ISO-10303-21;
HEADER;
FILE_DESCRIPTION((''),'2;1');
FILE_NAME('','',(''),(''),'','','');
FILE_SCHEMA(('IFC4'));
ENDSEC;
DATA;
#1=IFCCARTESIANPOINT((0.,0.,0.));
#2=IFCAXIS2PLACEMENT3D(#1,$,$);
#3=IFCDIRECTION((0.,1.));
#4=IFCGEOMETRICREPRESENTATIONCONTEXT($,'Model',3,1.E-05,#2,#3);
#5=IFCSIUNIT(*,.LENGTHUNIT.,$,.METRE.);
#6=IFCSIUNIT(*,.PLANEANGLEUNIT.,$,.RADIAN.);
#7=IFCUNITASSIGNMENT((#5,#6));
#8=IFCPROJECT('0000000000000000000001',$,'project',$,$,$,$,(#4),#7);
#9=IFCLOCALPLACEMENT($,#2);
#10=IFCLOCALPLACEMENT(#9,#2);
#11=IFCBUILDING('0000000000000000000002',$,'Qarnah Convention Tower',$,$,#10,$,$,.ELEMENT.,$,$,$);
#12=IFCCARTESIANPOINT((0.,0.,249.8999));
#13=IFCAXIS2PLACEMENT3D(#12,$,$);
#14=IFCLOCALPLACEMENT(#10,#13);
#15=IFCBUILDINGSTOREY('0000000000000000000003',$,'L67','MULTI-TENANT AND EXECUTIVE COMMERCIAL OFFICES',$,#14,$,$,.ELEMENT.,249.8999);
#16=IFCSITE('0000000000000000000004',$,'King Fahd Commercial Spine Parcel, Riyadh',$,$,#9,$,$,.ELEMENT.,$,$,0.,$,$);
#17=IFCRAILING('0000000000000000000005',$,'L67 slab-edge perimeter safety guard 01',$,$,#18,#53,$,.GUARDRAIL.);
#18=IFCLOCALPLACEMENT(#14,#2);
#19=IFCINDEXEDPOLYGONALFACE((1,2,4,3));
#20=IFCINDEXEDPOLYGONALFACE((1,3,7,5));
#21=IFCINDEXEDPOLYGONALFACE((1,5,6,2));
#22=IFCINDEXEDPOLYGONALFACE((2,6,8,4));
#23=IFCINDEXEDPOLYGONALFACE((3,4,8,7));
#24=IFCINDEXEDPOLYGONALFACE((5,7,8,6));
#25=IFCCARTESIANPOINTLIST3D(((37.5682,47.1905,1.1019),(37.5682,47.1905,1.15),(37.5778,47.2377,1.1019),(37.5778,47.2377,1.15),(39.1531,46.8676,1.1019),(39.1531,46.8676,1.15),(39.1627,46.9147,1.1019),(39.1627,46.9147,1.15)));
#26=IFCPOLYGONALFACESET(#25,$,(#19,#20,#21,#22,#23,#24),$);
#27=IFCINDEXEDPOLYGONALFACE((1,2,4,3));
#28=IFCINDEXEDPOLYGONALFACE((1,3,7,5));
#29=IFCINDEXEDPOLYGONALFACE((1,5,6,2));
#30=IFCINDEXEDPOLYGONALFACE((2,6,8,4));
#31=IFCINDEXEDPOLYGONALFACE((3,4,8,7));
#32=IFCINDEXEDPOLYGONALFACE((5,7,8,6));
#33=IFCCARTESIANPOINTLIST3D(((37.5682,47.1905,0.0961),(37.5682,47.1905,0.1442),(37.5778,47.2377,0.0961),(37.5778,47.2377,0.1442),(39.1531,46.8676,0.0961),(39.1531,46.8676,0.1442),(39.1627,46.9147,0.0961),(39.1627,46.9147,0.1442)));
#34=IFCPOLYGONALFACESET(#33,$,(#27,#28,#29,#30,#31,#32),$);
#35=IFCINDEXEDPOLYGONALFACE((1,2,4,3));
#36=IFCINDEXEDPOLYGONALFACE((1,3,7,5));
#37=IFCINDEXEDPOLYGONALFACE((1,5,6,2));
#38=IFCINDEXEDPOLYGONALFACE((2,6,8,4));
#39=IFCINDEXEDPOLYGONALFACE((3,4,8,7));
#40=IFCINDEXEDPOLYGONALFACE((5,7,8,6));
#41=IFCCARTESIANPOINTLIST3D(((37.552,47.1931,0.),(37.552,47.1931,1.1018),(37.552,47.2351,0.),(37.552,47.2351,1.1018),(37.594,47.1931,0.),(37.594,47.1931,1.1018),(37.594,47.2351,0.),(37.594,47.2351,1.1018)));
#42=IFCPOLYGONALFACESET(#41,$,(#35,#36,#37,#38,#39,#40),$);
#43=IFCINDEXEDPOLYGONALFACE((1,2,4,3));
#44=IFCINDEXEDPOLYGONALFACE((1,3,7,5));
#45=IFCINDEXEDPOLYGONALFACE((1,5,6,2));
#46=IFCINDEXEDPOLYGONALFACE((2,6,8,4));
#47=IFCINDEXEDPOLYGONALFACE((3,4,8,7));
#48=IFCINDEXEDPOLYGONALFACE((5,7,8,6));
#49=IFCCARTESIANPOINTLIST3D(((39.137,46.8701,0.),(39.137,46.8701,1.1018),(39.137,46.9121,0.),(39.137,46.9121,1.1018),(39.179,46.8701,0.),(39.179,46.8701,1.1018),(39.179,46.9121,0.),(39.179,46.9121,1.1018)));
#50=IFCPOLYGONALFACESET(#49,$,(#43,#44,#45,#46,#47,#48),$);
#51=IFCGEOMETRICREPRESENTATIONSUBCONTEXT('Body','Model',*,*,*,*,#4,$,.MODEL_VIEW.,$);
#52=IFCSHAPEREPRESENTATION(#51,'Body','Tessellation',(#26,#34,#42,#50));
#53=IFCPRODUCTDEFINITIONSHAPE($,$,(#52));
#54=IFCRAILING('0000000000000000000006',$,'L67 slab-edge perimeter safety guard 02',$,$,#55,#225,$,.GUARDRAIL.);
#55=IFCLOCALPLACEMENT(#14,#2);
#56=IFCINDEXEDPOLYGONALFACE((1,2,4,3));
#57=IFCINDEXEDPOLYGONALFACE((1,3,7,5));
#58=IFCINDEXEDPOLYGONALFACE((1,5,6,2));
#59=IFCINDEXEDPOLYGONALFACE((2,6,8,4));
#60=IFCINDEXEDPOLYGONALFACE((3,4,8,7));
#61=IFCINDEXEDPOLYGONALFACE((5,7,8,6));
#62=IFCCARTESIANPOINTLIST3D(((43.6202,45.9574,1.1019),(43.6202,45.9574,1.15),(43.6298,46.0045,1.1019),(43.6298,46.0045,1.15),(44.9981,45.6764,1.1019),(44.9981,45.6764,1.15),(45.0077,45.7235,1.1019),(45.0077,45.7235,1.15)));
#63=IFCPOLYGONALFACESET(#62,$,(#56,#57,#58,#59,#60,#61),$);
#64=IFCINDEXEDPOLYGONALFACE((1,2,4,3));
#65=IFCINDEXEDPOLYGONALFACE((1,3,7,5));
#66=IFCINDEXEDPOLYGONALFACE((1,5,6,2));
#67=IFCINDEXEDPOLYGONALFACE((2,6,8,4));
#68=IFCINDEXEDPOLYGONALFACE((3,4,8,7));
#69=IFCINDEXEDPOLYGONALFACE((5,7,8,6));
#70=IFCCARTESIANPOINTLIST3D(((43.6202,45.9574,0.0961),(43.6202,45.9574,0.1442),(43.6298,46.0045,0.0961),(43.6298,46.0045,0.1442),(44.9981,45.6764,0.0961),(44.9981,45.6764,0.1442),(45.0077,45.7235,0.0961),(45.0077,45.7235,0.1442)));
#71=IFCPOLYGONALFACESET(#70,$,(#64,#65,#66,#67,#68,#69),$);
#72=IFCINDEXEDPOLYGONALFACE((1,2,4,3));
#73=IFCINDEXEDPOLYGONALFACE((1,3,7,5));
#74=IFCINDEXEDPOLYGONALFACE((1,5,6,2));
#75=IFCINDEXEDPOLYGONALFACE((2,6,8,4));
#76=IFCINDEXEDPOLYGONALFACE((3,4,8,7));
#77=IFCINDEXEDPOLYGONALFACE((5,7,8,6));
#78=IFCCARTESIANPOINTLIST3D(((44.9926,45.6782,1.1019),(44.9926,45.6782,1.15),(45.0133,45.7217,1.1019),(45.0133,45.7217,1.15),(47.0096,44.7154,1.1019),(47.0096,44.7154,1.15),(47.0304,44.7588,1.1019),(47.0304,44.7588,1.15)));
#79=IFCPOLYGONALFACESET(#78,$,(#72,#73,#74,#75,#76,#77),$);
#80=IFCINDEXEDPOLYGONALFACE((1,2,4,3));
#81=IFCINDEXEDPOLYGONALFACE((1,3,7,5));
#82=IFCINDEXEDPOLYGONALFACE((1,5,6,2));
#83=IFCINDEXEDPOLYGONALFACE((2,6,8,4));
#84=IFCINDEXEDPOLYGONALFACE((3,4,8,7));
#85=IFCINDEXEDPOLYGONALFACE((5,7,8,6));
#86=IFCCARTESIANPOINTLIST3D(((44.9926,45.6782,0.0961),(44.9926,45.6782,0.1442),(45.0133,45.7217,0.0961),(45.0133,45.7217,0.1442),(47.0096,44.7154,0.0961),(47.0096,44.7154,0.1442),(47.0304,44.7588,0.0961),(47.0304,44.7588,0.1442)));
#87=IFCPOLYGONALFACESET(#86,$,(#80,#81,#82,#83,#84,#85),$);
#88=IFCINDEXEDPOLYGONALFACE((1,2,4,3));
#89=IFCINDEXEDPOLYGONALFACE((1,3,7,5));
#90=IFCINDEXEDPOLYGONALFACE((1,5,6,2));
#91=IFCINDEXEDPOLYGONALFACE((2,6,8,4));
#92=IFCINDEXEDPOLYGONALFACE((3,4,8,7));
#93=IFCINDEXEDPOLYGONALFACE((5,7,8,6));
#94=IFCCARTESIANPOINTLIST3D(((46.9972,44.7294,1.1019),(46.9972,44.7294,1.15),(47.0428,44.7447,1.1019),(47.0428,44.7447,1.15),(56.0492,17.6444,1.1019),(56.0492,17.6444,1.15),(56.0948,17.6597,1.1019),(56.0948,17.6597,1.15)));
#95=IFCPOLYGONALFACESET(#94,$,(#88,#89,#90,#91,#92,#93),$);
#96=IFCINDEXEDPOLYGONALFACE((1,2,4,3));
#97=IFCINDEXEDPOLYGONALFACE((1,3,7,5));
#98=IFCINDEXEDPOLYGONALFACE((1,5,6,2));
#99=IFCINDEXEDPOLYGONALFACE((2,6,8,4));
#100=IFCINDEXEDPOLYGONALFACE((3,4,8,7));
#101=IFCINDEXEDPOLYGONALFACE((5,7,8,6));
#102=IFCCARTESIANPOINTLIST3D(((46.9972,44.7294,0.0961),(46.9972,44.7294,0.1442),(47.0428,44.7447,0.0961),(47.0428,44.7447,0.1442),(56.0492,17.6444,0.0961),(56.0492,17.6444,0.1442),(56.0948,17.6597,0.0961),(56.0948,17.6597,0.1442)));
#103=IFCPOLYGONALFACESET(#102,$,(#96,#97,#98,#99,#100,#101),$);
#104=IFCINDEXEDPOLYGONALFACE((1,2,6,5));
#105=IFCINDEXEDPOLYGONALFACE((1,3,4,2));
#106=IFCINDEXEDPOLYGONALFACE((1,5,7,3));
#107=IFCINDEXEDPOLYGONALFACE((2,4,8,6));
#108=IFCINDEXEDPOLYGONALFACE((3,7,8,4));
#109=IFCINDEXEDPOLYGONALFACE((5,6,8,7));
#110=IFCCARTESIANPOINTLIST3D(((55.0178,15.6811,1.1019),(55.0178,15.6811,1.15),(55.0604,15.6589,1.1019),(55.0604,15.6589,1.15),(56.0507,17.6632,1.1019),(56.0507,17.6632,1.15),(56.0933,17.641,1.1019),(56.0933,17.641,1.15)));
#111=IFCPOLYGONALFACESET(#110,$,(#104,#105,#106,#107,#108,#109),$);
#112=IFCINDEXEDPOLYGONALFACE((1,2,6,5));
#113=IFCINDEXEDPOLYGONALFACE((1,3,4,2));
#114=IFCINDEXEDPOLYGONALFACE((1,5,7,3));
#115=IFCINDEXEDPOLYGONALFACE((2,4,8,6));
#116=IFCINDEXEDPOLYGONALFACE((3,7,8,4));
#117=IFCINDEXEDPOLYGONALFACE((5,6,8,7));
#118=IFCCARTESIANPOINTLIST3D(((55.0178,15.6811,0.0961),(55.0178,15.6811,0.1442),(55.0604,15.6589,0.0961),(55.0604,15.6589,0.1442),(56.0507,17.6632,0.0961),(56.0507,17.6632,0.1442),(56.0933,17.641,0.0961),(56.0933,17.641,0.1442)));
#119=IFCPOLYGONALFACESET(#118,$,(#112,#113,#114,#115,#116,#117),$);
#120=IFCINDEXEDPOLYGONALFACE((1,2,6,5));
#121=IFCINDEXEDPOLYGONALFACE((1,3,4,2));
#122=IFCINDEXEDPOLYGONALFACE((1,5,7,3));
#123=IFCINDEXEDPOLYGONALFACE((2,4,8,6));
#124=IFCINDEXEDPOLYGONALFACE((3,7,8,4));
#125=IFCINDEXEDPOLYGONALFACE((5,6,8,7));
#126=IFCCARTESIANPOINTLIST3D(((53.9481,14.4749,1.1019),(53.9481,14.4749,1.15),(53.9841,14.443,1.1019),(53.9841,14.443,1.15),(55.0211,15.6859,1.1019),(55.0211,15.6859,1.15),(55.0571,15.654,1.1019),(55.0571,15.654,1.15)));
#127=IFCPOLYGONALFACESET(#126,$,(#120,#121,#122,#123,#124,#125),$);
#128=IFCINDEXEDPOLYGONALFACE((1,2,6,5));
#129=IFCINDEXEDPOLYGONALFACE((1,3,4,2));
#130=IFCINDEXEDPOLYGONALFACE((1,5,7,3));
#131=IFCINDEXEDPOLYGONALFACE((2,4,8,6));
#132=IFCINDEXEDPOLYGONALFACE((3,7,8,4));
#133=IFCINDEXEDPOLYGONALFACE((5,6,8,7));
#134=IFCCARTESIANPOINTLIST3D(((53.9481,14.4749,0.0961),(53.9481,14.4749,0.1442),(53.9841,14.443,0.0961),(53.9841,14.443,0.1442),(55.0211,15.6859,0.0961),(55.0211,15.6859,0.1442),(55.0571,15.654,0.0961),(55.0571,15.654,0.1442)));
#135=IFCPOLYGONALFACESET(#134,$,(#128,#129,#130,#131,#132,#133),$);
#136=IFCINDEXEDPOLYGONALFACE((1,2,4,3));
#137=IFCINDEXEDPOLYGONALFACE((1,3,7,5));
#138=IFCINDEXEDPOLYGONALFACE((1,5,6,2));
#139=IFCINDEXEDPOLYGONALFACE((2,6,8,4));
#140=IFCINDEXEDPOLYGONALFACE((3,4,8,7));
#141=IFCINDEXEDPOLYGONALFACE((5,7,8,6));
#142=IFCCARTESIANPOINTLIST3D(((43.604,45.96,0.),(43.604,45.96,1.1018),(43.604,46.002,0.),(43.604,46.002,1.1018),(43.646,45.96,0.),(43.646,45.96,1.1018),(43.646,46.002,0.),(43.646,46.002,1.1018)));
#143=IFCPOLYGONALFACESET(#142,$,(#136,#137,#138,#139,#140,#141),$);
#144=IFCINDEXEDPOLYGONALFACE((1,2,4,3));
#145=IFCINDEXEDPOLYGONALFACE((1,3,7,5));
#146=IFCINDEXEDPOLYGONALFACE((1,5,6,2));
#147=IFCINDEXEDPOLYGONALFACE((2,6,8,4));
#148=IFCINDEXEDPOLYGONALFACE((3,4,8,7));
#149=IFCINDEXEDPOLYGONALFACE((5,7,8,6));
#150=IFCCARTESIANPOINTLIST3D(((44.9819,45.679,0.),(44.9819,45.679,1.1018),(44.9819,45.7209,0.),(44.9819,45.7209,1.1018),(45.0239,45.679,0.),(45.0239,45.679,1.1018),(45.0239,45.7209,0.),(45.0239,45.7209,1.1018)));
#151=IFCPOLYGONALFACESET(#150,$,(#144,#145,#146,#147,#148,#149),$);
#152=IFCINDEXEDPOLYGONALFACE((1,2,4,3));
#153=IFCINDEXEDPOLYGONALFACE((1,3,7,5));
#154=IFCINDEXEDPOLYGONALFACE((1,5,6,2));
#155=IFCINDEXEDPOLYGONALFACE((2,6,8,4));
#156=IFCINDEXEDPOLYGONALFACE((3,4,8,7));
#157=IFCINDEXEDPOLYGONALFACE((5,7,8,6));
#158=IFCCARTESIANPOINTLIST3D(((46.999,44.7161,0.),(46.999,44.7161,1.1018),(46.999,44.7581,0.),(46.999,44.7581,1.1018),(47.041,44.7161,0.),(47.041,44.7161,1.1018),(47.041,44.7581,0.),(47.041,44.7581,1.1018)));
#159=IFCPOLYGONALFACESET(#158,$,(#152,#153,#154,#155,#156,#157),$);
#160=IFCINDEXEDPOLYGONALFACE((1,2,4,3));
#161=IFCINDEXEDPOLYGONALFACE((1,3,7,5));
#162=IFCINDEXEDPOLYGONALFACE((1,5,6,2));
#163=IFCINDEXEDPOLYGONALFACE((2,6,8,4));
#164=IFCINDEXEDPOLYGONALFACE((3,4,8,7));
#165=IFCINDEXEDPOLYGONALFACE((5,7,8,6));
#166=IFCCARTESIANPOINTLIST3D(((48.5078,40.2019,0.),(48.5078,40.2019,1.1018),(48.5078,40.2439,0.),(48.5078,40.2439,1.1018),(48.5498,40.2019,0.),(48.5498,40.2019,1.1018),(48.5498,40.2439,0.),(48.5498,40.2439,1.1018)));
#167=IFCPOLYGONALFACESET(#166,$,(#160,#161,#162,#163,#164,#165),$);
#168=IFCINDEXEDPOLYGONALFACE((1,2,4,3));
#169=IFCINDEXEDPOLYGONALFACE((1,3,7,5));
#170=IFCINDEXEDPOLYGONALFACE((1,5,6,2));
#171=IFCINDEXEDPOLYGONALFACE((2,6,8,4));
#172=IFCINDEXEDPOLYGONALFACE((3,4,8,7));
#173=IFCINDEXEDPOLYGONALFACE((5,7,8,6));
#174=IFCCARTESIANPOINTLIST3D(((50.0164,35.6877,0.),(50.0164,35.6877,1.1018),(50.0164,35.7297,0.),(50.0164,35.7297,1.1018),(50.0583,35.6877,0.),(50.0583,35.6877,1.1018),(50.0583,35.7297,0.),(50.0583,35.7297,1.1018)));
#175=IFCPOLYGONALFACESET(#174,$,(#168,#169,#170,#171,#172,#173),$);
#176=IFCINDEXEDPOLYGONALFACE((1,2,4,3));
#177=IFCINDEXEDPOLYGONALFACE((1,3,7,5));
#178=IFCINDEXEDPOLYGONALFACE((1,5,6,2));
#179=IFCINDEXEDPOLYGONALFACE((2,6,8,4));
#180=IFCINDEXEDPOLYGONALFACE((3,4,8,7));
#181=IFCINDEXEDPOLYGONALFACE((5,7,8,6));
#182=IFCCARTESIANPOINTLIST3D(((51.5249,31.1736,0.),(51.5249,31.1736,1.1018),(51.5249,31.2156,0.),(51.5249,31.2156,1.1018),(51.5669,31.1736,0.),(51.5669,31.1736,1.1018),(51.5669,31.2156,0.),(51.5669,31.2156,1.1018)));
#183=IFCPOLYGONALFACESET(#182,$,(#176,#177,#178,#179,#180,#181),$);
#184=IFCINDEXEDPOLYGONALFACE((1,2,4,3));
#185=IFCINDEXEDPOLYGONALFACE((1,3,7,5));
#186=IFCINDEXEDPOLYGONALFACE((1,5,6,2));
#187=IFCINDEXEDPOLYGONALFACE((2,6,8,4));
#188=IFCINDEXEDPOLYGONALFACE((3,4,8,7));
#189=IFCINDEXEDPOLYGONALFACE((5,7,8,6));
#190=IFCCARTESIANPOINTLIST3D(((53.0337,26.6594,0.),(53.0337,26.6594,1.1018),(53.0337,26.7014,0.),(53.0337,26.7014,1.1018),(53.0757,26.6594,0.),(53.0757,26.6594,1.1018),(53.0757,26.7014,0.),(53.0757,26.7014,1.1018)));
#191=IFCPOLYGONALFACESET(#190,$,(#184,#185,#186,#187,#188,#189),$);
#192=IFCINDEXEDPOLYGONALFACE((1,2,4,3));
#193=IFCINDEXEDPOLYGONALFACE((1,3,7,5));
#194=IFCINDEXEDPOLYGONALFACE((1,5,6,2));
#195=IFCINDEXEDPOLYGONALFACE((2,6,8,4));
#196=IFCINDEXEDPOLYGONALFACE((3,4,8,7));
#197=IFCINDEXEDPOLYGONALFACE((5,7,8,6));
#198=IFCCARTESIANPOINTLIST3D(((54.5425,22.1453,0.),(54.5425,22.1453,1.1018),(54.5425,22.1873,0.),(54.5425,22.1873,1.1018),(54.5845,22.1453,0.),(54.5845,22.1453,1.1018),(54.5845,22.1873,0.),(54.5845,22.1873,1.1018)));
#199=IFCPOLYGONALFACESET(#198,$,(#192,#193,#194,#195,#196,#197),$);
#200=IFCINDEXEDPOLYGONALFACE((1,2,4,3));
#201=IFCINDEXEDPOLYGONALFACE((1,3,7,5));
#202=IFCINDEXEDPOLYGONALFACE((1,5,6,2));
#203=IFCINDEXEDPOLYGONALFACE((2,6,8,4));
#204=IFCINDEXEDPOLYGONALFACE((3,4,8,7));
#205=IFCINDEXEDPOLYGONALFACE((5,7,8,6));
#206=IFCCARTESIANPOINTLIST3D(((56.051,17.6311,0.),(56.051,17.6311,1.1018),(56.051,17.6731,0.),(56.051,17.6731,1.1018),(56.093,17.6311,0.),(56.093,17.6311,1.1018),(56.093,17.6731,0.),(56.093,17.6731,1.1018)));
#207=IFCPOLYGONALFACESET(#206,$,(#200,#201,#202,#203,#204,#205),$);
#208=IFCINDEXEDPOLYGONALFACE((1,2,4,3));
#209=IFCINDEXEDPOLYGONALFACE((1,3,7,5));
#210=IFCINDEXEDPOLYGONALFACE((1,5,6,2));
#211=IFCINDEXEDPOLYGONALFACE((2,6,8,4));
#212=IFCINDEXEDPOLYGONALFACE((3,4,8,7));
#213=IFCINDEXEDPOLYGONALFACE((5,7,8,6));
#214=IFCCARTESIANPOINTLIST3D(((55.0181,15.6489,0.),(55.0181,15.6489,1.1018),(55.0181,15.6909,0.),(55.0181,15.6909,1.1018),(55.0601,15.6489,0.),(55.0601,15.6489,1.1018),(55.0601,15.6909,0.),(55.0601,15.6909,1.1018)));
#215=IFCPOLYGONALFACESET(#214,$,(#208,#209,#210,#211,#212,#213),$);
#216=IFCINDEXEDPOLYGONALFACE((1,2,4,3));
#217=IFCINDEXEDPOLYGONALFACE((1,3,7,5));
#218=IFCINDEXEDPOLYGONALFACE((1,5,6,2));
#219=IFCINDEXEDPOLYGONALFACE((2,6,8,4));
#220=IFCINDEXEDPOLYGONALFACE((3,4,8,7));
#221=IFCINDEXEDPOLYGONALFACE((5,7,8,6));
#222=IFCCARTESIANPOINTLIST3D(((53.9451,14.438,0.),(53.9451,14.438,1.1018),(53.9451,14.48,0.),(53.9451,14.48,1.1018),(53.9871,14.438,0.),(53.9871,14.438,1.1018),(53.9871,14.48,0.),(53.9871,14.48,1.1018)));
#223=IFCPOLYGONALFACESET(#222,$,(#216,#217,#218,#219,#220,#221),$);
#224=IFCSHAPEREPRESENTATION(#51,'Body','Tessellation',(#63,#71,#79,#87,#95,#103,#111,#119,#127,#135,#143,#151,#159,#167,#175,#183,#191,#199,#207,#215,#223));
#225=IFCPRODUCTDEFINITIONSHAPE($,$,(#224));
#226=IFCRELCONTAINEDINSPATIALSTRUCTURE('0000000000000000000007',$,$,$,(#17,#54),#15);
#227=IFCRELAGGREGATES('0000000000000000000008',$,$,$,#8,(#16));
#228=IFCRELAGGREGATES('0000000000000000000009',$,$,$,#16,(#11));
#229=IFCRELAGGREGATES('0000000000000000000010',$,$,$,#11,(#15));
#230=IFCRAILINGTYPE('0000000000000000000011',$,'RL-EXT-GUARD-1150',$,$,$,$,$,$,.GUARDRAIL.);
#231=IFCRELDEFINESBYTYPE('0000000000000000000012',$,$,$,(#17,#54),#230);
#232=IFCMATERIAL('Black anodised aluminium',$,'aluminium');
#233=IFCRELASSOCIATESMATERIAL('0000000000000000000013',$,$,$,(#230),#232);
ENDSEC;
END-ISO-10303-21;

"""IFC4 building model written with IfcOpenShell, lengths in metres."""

from ifc_helpers import new_model, si_unit, direction, frame, origin, origin_2d, place, context, subcontext, project, spatial, rectangle, extrude, material, type_object, element, save


model = new_model("IFC4")

# Units and contexts
model_context = context("Model", 3, precision=1e-05, world=origin(), true_north=direction((0.0, 1.0)))
body_context = subcontext(model_context, "Body", "Model", "MODEL_VIEW")
ifc_project = project(units=[si_unit("LENGTHUNIT", "METRE"), si_unit("PLANEANGLEUNIT", "RADIAN")], contexts=[model_context])

# Site, building, storey
site_placement = place(None, origin())
site = spatial("IfcSite", under=ifc_project, at=site_placement, Name="King Fahd Commercial Spine Parcel, Riyadh", CompositionType="ELEMENT", RefElevation=0.0)
building_placement = place(site_placement, origin())
building = spatial("IfcBuilding", under=site, at=building_placement, Name="Qarnah Convention Tower", CompositionType="ELEMENT")
storey_placement = place(building_placement, frame((0.0, 0.0, 249.8999)))
storey = spatial("IfcBuildingStorey", under=building, at=storey_placement, Name="L67", Description="MULTI-TENANT AND EXECUTIVE COMMERCIAL OFFICES", CompositionType="ELEMENT", Elevation=249.8999)

# Shared definitions
ifc_material_1 = material(Name="Black anodised aluminium", Category="aluminium")

# Railings
railing_type = type_object("IfcRailingType", Name="RL-EXT-GUARD-1150", PredefinedType="GUARDRAIL", material=ifc_material_1)
railing_1_placement = place(storey_placement, frame((37.573, 47.2141, 0.0)))
element("IfcRailing", 1, at=railing_1_placement, inside=storey, type_object=railing_type, Name="L67 slab-edge perimeter safety guard 01", PredefinedType="GUARDRAIL", context=body_context, shape_type="SweptSolid", body=[
    extrude(rectangle(XDim=0.0481, YDim=0.0481, at=origin_2d()), frame((0.0, 0.0, 1.126), z_axis=(0.97986, -0.199685, 0.0), x_axis=(0.199685, 0.97986, 0.0)), (0.0, 0.0, 1.0), 1.6174),
    extrude(rectangle(XDim=0.0481, YDim=0.0481, at=origin_2d()), frame((0.0, 0.0, 0.1201), z_axis=(0.97986, -0.199685, 0.0), x_axis=(0.199685, 0.97986, 0.0)), (0.0, 0.0, 1.0), 1.6174),
    extrude(rectangle(XDim=0.042, YDim=0.042, at=origin_2d()), origin(), (0.0, 0.0, 1.0), 1.1018),
    extrude(rectangle(XDim=0.042, YDim=0.042, at=origin_2d()), frame((1.585, -0.323, 0.0)), (0.0, 0.0, 1.0), 1.1018),
])
railing_2_placement = place(storey_placement, frame((43.625, 45.981, 0.0)))
element("IfcRailing", 2, at=railing_2_placement, inside=storey, type_object=railing_type, Name="L67 slab-edge perimeter safety guard 02", PredefinedType="GUARDRAIL", context=body_context, shape_type="SweptSolid", body=[
    extrude(rectangle(XDim=0.0481, YDim=0.0481, at=origin_2d()), frame((0.0, 0.0, 1.126), z_axis=(0.979833, -0.199821, 0.0), x_axis=(0.199821, 0.979833, 0.0)), (0.0, 0.0, 1.0), 1.4062),
    extrude(rectangle(XDim=0.0481, YDim=0.0481, at=origin_2d()), frame((0.0, 0.0, 0.1201), z_axis=(0.979833, -0.199821, 0.0), x_axis=(0.199821, 0.979833, 0.0)), (0.0, 0.0, 1.0), 1.4062),
    extrude(rectangle(XDim=0.0481, YDim=0.0481, at=origin_2d()), frame((1.3779, -0.281, 1.126), z_axis=(0.902448, -0.430798, 0.0), x_axis=(0.430798, 0.902448, 0.0)), (0.0, 0.0, 1.0), 2.2351),
    extrude(rectangle(XDim=0.0481, YDim=0.0481, at=origin_2d()), frame((1.3779, -0.281, 0.1201), z_axis=(0.902448, -0.430798, 0.0), x_axis=(0.430798, 0.902448, 0.0)), (0.0, 0.0, 1.0), 2.2351),
    extrude(rectangle(XDim=0.0481, YDim=0.0481, at=origin_2d()), frame((3.395, -1.2439, 1.126), z_axis=(0.316974, -0.948434, 0.0), x_axis=(0.948434, 0.316974, 0.0)), (0.0, 0.0, 1.0), 28.5576),
    extrude(rectangle(XDim=0.0481, YDim=0.0481, at=origin_2d()), frame((3.395, -1.2439, 0.1201), z_axis=(0.316974, -0.948434, 0.0), x_axis=(0.948434, 0.316974, 0.0)), (0.0, 0.0, 1.0), 28.5576),
    extrude(rectangle(XDim=0.0481, YDim=0.0481, at=origin_2d()), frame((12.447, -28.3289, 1.126), z_axis=(-0.462137, -0.886809, 0.0), x_axis=(0.886809, -0.462137, 0.0)), (0.0, 0.0, 1.0), 2.2351),
    extrude(rectangle(XDim=0.0481, YDim=0.0481, at=origin_2d()), frame((12.447, -28.3289, 0.1201), z_axis=(-0.462137, -0.886809, 0.0), x_axis=(0.886809, -0.462137, 0.0)), (0.0, 0.0, 1.0), 2.2351),
    extrude(rectangle(XDim=0.0481, YDim=0.0481, at=origin_2d()), frame((11.4141, -30.311, 1.126), z_axis=(-0.663192, -0.748449, 0.0), x_axis=(0.748449, -0.663192, 0.0)), (0.0, 0.0, 1.0), 1.6179),
    extrude(rectangle(XDim=0.0481, YDim=0.0481, at=origin_2d()), frame((11.4141, -30.311, 0.1201), z_axis=(-0.663192, -0.748449, 0.0), x_axis=(0.748449, -0.663192, 0.0)), (0.0, 0.0, 1.0), 1.6179),
    extrude(rectangle(XDim=0.042, YDim=0.042, at=origin_2d()), origin(), (0.0, 0.0, 1.0), 1.1018),
    extrude(rectangle(XDim=0.042, YDim=0.042, at=origin_2d()), frame((1.3779, -0.281, 0.0)), (0.0, 0.0, 1.0), 1.1018),
    extrude(rectangle(XDim=0.042, YDim=0.042, at=origin_2d()), frame((3.395, -1.2439, 0.0)), (0.0, 0.0, 1.0), 1.1018),
    extrude(rectangle(XDim=0.042, YDim=0.042, at=origin_2d()), frame((4.9038, -5.7581, 0.0)), (0.0, 0.0, 1.0), 1.1018),
    extrude(rectangle(XDim=0.042, YDim=0.042, at=origin_2d()), frame((6.4124, -10.2722, 0.0)), (0.0, 0.0, 1.0), 1.1018),
    extrude(rectangle(XDim=0.042, YDim=0.042, at=origin_2d()), frame((7.9209, -14.7864, 0.0)), (0.0, 0.0, 1.0), 1.1018),
    extrude(rectangle(XDim=0.042, YDim=0.042, at=origin_2d()), frame((9.4297, -19.3005, 0.0)), (0.0, 0.0, 1.0), 1.1018),
    extrude(rectangle(XDim=0.042, YDim=0.042, at=origin_2d()), frame((10.9385, -23.8147, 0.0)), (0.0, 0.0, 1.0), 1.1018),
    extrude(rectangle(XDim=0.042, YDim=0.042, at=origin_2d()), frame((12.447, -28.3289, 0.0)), (0.0, 0.0, 1.0), 1.1018),
    extrude(rectangle(XDim=0.042, YDim=0.042, at=origin_2d()), frame((11.4141, -30.311, 0.0)), (0.0, 0.0, 1.0), 1.1018),
    extrude(rectangle(XDim=0.042, YDim=0.042, at=origin_2d()), frame((10.3411, -31.522, 0.0)), (0.0, 0.0, 1.0), 1.1018),
])

save(model, "model.ifc")
